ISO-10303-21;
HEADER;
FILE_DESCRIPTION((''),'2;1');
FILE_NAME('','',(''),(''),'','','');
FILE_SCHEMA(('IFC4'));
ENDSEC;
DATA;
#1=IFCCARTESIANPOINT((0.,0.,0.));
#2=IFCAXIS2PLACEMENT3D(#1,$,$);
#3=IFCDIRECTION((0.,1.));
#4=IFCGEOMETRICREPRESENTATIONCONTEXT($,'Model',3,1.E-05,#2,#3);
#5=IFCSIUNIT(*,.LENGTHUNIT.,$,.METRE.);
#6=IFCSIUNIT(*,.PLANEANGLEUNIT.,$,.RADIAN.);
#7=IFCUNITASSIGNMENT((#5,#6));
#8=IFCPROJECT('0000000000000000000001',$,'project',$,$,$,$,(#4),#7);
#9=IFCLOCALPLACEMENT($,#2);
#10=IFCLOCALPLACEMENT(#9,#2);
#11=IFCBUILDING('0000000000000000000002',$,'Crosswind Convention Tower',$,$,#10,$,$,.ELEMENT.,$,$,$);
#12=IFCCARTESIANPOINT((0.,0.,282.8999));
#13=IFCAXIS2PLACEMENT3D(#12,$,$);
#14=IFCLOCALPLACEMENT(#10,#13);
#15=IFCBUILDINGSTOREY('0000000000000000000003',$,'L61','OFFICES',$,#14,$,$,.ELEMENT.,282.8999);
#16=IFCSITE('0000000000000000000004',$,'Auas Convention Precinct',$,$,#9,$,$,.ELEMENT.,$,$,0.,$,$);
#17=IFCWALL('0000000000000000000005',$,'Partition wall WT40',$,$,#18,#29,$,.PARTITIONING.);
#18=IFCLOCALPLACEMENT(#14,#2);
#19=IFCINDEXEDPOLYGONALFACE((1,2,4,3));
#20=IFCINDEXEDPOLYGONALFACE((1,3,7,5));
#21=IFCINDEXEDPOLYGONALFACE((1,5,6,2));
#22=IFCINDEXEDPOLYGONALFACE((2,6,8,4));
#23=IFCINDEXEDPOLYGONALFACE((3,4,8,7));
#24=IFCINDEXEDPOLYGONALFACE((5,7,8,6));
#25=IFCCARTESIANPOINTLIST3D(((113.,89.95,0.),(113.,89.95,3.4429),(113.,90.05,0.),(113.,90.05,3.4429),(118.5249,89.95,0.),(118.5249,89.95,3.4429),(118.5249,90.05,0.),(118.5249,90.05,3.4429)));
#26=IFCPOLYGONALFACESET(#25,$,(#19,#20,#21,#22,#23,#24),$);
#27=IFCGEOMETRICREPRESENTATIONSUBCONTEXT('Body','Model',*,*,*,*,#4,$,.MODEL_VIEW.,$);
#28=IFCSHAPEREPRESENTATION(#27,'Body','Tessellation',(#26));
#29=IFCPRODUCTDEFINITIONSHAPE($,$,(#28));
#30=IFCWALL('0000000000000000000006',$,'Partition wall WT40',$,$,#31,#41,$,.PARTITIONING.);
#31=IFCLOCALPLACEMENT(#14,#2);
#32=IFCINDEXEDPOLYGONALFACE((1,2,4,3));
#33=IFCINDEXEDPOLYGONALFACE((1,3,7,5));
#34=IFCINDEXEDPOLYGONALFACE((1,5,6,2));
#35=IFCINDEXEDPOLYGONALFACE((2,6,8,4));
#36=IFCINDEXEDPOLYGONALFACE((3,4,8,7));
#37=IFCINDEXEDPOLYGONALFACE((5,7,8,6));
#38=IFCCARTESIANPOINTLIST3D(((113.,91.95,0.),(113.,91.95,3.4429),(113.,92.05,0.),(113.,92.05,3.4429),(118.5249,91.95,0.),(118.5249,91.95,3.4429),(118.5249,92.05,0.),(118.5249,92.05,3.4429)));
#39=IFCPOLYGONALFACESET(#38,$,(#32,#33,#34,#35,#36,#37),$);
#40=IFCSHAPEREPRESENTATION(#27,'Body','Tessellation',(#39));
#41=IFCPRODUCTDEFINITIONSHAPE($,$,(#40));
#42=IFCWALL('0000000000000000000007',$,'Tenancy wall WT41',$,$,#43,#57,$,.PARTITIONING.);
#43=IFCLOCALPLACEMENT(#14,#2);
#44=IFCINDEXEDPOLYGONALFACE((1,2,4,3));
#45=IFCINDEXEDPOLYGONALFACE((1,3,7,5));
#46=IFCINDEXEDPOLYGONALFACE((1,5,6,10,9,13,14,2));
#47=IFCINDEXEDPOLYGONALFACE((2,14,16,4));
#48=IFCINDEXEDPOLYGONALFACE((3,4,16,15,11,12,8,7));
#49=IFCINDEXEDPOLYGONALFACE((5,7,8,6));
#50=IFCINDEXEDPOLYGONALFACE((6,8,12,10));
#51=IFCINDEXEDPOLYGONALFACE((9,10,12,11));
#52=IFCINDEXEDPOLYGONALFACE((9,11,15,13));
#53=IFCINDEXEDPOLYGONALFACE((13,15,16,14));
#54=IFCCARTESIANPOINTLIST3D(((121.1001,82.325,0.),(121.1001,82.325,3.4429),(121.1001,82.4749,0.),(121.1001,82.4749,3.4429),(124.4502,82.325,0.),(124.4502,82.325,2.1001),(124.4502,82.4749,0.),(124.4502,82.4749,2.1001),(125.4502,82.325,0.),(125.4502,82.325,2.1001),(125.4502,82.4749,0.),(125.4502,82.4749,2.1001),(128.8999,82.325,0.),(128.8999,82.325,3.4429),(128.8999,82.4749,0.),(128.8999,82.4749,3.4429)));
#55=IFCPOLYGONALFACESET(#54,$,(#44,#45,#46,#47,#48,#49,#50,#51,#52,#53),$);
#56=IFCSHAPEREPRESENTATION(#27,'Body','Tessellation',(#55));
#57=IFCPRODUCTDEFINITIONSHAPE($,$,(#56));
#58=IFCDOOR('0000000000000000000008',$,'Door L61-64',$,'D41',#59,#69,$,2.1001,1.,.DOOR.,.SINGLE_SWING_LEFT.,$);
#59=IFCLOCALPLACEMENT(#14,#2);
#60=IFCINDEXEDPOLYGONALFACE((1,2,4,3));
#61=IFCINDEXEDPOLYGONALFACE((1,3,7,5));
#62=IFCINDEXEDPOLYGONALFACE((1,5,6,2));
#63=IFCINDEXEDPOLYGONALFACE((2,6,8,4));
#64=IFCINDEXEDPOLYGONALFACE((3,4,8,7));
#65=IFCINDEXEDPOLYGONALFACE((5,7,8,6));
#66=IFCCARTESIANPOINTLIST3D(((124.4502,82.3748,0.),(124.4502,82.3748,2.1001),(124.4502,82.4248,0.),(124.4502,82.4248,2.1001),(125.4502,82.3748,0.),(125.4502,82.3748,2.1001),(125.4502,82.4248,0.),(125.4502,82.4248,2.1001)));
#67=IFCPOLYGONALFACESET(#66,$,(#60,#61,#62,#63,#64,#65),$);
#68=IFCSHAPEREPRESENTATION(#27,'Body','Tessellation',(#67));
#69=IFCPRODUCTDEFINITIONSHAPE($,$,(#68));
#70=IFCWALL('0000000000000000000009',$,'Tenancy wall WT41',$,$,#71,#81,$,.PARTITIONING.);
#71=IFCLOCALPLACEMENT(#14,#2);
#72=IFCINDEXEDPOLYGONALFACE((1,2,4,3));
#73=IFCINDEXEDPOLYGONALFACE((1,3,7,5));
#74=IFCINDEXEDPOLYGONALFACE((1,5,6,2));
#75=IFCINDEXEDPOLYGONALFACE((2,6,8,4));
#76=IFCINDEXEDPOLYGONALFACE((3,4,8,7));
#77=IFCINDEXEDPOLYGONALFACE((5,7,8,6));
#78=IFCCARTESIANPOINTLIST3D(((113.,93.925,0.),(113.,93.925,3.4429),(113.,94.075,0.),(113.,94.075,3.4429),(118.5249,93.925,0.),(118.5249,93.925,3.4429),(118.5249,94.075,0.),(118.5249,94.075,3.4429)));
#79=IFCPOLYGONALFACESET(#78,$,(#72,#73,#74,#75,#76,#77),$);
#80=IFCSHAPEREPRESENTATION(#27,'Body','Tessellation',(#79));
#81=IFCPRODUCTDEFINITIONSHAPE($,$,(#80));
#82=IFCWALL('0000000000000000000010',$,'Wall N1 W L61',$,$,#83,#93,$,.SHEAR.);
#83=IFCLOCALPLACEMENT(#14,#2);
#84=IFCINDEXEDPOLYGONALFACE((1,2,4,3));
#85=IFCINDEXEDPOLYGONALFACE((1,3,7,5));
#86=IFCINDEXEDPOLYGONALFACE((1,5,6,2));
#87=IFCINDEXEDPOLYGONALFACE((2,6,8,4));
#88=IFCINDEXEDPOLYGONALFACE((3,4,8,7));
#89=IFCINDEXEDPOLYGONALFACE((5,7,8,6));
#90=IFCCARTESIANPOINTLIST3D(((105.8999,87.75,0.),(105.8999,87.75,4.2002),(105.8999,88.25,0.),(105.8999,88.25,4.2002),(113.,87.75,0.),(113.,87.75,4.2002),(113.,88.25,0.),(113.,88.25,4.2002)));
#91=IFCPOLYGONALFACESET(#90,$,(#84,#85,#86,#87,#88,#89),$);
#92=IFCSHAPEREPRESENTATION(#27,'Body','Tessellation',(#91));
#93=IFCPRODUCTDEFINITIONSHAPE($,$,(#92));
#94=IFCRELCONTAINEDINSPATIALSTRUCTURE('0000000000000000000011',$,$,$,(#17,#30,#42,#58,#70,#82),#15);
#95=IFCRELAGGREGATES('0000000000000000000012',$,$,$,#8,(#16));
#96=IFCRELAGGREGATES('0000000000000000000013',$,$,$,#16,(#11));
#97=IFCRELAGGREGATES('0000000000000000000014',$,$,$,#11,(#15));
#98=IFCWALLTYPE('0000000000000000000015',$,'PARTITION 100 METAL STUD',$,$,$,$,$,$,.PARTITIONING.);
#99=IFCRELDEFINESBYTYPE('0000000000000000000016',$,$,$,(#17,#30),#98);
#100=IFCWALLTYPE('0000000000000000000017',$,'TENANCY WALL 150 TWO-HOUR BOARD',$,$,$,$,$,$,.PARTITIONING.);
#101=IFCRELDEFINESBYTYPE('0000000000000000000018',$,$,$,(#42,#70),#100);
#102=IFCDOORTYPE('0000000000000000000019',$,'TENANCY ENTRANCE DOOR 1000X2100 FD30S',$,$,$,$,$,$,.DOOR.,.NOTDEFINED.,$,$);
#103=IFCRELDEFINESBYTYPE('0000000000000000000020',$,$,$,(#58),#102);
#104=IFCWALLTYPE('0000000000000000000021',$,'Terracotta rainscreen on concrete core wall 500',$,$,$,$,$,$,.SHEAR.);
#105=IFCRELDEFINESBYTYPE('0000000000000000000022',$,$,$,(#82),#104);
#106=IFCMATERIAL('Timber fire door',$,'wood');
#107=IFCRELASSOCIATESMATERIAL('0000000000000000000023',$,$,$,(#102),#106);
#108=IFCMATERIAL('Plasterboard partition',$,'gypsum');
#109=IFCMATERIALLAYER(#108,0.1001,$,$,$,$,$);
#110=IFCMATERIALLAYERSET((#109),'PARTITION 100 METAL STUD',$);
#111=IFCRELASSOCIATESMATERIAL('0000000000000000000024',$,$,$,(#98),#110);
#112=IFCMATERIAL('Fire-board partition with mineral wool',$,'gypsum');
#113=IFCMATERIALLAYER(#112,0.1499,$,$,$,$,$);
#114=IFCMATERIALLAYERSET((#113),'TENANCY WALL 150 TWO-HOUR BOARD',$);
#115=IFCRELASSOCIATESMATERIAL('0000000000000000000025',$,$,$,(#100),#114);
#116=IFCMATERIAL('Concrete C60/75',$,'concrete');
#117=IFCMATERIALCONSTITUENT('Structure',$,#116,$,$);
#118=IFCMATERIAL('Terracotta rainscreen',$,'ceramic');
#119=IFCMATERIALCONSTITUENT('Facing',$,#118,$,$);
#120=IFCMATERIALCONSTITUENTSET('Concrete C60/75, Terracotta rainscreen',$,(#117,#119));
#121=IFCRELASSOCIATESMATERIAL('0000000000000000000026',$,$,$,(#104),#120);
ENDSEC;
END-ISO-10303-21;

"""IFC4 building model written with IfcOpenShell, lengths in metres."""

from ifc_helpers import new_model, si_unit, direction, frame, frame_2d, origin, place, context, subcontext, project, spatial, rectangle, extrude, material, layer, layer_set, constituent, constituent_set, type_object, element, fill, save


model = new_model("IFC4")

# Units and contexts
model_context = context("Model", 3, precision=1e-05, world=origin(), true_north=direction((0.0, 1.0)))
body_context = subcontext(model_context, "Body", "Model", "MODEL_VIEW")
ifc_project = project(units=[si_unit("LENGTHUNIT", "METRE"), si_unit("PLANEANGLEUNIT", "RADIAN")], contexts=[model_context])

# Site, building, storey
site_placement = place(None, origin())
site = spatial("IfcSite", under=ifc_project, at=site_placement, Name="Auas Convention Precinct", CompositionType="ELEMENT", RefElevation=0.0)
building_placement = place(site_placement, origin())
building = spatial("IfcBuilding", under=site, at=building_placement, Name="Crosswind Convention Tower", CompositionType="ELEMENT")
storey_placement = place(building_placement, frame((0.0, 0.0, 282.8999)))
storey = spatial("IfcBuildingStorey", under=building, at=storey_placement, Name="L61", Description="OFFICES", CompositionType="ELEMENT", Elevation=282.8999)

# Shared definitions
ifc_material_1 = material(Name="Concrete C60/75", Category="concrete")

# Shared definitions
ifc_material_2 = material(Name="Timber fire door", Category="wood")
door_type_1 = type_object("IfcDoorType", Name="TENANCY ENTRANCE DOOR 1000X2100 FD30S", OperationType="NOTDEFINED", PredefinedType="DOOR", material=ifc_material_2)

# Walls
ifc_material_3 = material(Name="Plasterboard partition", Category="gypsum")
ifc_layer_1 = layer(ifc_material_3, 0.1001)
ifc_layer_set_1 = layer_set([ifc_layer_1], Name="PARTITION 100 METAL STUD")
wall_type_1 = type_object("IfcWallType", Name="PARTITION 100 METAL STUD", PredefinedType="PARTITIONING", material=ifc_layer_set_1)
for number, where, z_axis, x_axis, name in (
    (1, (113.0, 90.0, 0.0), (0.0, 0.0, 1.0), (1.0, 0.0, 0.0), "Partition wall WT40"),
    (2, (113.0, 92.0, 0.0), (0.0, 0.0, 1.0), (1.0, 0.0, 0.0), "Partition wall WT40"),
):
    element("IfcWall", number, at=place(storey_placement, frame(where, z_axis=z_axis, x_axis=x_axis)), inside=storey, type_object=wall_type_1, Name=name, PredefinedType="PARTITIONING", context=body_context, shape_type="SweptSolid", body=[
        extrude(rectangle(XDim=5.5249, YDim=0.1001, at=frame_2d((2.7625, 0.0))), origin(), (0.0, 0.0, 1.0), 3.4429),
    ])

# Wall, opening, door
ifc_material_4 = material(Name="Fire-board partition with mineral wool", Category="gypsum")
ifc_layer_2 = layer(ifc_material_4, 0.1499)
ifc_layer_set_2 = layer_set([ifc_layer_2], Name="TENANCY WALL 150 TWO-HOUR BOARD")
wall_type_2 = type_object("IfcWallType", Name="TENANCY WALL 150 TWO-HOUR BOARD", PredefinedType="PARTITIONING", material=ifc_layer_set_2)
wall_1_placement = place(storey_placement, frame((121.1001, 82.3999, 0.0), z_axis=(0.0, 0.0, 1.0), x_axis=(1.0, 0.0, 0.0)))
wall_1 = element("IfcWall", 3, at=wall_1_placement, inside=storey, type_object=wall_type_2, Name="Tenancy wall WT41", PredefinedType="PARTITIONING", context=body_context, shape_type="SweptSolid", body=[
    extrude(rectangle(XDim=7.7998, YDim=0.1499, at=frame_2d((3.8999, 0.0))), origin(), (0.0, 0.0, 1.0), 3.4429),
])
opening_1_placement = place(wall_1_placement, frame((3.3501, 0.0, 0.0)))
opening_1 = element("IfcOpeningElement", 4, at=opening_1_placement, cuts=wall_1, PredefinedType="OPENING", context=body_context, shape_type="SweptSolid", body=[
    extrude(rectangle(XDim=1.0, YDim=2.1001, at=frame_2d((0.5, 1.05))), frame((0.0, 0.085, 0.0), z_axis=(0.0, -1.0, 0.0), x_axis=(1.0, 0.0, 0.0)), (0.0, 0.0, 1.0), 0.1699),
])
door_1_placement = place(opening_1_placement, origin())
door_1 = element("IfcDoor", 5, at=door_1_placement, inside=storey, type_object=door_type_1, Name="Door L61-64", ObjectType="D41", OperationType="SINGLE_SWING_LEFT", OverallHeight=2.1001, OverallWidth=1.0, PredefinedType="DOOR", context=body_context, shape_type="SweptSolid", body=[
    extrude(rectangle(XDim=1.0, YDim=2.1001, at=frame_2d((0.5, 1.05))), frame((0.0, 0.0249, 0.0), z_axis=(0.0, -1.0, 0.0), x_axis=(1.0, 0.0, 0.0)), (0.0, 0.0, 1.0), 0.05),
])
fill(opening_1, door_1)

# Walls
wall_2_placement = place(storey_placement, frame((113.0, 94.0, 0.0), z_axis=(0.0, 0.0, 1.0), x_axis=(1.0, 0.0, 0.0)))
element("IfcWall", 6, at=wall_2_placement, inside=storey, type_object=wall_type_2, Name="Tenancy wall WT41", PredefinedType="PARTITIONING", context=body_context, shape_type="SweptSolid", body=[
    extrude(rectangle(XDim=5.5249, YDim=0.1499, at=frame_2d((2.7625, 0.0))), origin(), (0.0, 0.0, 1.0), 3.4429),
])
ifc_constituent_1 = constituent(ifc_material_1, Name="Structure")
ifc_material_5 = material(Name="Terracotta rainscreen", Category="ceramic")
ifc_constituent_2 = constituent(ifc_material_5, Name="Facing")
ifc_constituent_set = constituent_set(constituents=[ifc_constituent_1, ifc_constituent_2], Name="Concrete C60/75, Terracotta rainscreen")
wall_type_3 = type_object("IfcWallType", Name="Terracotta rainscreen on concrete core wall 500", PredefinedType="SHEAR", material=ifc_constituent_set)
wall_3_placement = place(storey_placement, frame((113.0, 88.0, 0.0), z_axis=(0.0, 0.0, 1.0), x_axis=(-1.0, 0.0, 0.0)))
element("IfcWall", 7, at=wall_3_placement, inside=storey, type_object=wall_type_3, Name="Wall N1 W L61", PredefinedType="SHEAR", context=body_context, shape_type="SweptSolid", body=[
    extrude(rectangle(XDim=7.1001, YDim=0.5, at=frame_2d((3.55, 0.0))), origin(), (0.0, 0.0, 1.0), 4.2002),
])

save(model, "model.ifc")
